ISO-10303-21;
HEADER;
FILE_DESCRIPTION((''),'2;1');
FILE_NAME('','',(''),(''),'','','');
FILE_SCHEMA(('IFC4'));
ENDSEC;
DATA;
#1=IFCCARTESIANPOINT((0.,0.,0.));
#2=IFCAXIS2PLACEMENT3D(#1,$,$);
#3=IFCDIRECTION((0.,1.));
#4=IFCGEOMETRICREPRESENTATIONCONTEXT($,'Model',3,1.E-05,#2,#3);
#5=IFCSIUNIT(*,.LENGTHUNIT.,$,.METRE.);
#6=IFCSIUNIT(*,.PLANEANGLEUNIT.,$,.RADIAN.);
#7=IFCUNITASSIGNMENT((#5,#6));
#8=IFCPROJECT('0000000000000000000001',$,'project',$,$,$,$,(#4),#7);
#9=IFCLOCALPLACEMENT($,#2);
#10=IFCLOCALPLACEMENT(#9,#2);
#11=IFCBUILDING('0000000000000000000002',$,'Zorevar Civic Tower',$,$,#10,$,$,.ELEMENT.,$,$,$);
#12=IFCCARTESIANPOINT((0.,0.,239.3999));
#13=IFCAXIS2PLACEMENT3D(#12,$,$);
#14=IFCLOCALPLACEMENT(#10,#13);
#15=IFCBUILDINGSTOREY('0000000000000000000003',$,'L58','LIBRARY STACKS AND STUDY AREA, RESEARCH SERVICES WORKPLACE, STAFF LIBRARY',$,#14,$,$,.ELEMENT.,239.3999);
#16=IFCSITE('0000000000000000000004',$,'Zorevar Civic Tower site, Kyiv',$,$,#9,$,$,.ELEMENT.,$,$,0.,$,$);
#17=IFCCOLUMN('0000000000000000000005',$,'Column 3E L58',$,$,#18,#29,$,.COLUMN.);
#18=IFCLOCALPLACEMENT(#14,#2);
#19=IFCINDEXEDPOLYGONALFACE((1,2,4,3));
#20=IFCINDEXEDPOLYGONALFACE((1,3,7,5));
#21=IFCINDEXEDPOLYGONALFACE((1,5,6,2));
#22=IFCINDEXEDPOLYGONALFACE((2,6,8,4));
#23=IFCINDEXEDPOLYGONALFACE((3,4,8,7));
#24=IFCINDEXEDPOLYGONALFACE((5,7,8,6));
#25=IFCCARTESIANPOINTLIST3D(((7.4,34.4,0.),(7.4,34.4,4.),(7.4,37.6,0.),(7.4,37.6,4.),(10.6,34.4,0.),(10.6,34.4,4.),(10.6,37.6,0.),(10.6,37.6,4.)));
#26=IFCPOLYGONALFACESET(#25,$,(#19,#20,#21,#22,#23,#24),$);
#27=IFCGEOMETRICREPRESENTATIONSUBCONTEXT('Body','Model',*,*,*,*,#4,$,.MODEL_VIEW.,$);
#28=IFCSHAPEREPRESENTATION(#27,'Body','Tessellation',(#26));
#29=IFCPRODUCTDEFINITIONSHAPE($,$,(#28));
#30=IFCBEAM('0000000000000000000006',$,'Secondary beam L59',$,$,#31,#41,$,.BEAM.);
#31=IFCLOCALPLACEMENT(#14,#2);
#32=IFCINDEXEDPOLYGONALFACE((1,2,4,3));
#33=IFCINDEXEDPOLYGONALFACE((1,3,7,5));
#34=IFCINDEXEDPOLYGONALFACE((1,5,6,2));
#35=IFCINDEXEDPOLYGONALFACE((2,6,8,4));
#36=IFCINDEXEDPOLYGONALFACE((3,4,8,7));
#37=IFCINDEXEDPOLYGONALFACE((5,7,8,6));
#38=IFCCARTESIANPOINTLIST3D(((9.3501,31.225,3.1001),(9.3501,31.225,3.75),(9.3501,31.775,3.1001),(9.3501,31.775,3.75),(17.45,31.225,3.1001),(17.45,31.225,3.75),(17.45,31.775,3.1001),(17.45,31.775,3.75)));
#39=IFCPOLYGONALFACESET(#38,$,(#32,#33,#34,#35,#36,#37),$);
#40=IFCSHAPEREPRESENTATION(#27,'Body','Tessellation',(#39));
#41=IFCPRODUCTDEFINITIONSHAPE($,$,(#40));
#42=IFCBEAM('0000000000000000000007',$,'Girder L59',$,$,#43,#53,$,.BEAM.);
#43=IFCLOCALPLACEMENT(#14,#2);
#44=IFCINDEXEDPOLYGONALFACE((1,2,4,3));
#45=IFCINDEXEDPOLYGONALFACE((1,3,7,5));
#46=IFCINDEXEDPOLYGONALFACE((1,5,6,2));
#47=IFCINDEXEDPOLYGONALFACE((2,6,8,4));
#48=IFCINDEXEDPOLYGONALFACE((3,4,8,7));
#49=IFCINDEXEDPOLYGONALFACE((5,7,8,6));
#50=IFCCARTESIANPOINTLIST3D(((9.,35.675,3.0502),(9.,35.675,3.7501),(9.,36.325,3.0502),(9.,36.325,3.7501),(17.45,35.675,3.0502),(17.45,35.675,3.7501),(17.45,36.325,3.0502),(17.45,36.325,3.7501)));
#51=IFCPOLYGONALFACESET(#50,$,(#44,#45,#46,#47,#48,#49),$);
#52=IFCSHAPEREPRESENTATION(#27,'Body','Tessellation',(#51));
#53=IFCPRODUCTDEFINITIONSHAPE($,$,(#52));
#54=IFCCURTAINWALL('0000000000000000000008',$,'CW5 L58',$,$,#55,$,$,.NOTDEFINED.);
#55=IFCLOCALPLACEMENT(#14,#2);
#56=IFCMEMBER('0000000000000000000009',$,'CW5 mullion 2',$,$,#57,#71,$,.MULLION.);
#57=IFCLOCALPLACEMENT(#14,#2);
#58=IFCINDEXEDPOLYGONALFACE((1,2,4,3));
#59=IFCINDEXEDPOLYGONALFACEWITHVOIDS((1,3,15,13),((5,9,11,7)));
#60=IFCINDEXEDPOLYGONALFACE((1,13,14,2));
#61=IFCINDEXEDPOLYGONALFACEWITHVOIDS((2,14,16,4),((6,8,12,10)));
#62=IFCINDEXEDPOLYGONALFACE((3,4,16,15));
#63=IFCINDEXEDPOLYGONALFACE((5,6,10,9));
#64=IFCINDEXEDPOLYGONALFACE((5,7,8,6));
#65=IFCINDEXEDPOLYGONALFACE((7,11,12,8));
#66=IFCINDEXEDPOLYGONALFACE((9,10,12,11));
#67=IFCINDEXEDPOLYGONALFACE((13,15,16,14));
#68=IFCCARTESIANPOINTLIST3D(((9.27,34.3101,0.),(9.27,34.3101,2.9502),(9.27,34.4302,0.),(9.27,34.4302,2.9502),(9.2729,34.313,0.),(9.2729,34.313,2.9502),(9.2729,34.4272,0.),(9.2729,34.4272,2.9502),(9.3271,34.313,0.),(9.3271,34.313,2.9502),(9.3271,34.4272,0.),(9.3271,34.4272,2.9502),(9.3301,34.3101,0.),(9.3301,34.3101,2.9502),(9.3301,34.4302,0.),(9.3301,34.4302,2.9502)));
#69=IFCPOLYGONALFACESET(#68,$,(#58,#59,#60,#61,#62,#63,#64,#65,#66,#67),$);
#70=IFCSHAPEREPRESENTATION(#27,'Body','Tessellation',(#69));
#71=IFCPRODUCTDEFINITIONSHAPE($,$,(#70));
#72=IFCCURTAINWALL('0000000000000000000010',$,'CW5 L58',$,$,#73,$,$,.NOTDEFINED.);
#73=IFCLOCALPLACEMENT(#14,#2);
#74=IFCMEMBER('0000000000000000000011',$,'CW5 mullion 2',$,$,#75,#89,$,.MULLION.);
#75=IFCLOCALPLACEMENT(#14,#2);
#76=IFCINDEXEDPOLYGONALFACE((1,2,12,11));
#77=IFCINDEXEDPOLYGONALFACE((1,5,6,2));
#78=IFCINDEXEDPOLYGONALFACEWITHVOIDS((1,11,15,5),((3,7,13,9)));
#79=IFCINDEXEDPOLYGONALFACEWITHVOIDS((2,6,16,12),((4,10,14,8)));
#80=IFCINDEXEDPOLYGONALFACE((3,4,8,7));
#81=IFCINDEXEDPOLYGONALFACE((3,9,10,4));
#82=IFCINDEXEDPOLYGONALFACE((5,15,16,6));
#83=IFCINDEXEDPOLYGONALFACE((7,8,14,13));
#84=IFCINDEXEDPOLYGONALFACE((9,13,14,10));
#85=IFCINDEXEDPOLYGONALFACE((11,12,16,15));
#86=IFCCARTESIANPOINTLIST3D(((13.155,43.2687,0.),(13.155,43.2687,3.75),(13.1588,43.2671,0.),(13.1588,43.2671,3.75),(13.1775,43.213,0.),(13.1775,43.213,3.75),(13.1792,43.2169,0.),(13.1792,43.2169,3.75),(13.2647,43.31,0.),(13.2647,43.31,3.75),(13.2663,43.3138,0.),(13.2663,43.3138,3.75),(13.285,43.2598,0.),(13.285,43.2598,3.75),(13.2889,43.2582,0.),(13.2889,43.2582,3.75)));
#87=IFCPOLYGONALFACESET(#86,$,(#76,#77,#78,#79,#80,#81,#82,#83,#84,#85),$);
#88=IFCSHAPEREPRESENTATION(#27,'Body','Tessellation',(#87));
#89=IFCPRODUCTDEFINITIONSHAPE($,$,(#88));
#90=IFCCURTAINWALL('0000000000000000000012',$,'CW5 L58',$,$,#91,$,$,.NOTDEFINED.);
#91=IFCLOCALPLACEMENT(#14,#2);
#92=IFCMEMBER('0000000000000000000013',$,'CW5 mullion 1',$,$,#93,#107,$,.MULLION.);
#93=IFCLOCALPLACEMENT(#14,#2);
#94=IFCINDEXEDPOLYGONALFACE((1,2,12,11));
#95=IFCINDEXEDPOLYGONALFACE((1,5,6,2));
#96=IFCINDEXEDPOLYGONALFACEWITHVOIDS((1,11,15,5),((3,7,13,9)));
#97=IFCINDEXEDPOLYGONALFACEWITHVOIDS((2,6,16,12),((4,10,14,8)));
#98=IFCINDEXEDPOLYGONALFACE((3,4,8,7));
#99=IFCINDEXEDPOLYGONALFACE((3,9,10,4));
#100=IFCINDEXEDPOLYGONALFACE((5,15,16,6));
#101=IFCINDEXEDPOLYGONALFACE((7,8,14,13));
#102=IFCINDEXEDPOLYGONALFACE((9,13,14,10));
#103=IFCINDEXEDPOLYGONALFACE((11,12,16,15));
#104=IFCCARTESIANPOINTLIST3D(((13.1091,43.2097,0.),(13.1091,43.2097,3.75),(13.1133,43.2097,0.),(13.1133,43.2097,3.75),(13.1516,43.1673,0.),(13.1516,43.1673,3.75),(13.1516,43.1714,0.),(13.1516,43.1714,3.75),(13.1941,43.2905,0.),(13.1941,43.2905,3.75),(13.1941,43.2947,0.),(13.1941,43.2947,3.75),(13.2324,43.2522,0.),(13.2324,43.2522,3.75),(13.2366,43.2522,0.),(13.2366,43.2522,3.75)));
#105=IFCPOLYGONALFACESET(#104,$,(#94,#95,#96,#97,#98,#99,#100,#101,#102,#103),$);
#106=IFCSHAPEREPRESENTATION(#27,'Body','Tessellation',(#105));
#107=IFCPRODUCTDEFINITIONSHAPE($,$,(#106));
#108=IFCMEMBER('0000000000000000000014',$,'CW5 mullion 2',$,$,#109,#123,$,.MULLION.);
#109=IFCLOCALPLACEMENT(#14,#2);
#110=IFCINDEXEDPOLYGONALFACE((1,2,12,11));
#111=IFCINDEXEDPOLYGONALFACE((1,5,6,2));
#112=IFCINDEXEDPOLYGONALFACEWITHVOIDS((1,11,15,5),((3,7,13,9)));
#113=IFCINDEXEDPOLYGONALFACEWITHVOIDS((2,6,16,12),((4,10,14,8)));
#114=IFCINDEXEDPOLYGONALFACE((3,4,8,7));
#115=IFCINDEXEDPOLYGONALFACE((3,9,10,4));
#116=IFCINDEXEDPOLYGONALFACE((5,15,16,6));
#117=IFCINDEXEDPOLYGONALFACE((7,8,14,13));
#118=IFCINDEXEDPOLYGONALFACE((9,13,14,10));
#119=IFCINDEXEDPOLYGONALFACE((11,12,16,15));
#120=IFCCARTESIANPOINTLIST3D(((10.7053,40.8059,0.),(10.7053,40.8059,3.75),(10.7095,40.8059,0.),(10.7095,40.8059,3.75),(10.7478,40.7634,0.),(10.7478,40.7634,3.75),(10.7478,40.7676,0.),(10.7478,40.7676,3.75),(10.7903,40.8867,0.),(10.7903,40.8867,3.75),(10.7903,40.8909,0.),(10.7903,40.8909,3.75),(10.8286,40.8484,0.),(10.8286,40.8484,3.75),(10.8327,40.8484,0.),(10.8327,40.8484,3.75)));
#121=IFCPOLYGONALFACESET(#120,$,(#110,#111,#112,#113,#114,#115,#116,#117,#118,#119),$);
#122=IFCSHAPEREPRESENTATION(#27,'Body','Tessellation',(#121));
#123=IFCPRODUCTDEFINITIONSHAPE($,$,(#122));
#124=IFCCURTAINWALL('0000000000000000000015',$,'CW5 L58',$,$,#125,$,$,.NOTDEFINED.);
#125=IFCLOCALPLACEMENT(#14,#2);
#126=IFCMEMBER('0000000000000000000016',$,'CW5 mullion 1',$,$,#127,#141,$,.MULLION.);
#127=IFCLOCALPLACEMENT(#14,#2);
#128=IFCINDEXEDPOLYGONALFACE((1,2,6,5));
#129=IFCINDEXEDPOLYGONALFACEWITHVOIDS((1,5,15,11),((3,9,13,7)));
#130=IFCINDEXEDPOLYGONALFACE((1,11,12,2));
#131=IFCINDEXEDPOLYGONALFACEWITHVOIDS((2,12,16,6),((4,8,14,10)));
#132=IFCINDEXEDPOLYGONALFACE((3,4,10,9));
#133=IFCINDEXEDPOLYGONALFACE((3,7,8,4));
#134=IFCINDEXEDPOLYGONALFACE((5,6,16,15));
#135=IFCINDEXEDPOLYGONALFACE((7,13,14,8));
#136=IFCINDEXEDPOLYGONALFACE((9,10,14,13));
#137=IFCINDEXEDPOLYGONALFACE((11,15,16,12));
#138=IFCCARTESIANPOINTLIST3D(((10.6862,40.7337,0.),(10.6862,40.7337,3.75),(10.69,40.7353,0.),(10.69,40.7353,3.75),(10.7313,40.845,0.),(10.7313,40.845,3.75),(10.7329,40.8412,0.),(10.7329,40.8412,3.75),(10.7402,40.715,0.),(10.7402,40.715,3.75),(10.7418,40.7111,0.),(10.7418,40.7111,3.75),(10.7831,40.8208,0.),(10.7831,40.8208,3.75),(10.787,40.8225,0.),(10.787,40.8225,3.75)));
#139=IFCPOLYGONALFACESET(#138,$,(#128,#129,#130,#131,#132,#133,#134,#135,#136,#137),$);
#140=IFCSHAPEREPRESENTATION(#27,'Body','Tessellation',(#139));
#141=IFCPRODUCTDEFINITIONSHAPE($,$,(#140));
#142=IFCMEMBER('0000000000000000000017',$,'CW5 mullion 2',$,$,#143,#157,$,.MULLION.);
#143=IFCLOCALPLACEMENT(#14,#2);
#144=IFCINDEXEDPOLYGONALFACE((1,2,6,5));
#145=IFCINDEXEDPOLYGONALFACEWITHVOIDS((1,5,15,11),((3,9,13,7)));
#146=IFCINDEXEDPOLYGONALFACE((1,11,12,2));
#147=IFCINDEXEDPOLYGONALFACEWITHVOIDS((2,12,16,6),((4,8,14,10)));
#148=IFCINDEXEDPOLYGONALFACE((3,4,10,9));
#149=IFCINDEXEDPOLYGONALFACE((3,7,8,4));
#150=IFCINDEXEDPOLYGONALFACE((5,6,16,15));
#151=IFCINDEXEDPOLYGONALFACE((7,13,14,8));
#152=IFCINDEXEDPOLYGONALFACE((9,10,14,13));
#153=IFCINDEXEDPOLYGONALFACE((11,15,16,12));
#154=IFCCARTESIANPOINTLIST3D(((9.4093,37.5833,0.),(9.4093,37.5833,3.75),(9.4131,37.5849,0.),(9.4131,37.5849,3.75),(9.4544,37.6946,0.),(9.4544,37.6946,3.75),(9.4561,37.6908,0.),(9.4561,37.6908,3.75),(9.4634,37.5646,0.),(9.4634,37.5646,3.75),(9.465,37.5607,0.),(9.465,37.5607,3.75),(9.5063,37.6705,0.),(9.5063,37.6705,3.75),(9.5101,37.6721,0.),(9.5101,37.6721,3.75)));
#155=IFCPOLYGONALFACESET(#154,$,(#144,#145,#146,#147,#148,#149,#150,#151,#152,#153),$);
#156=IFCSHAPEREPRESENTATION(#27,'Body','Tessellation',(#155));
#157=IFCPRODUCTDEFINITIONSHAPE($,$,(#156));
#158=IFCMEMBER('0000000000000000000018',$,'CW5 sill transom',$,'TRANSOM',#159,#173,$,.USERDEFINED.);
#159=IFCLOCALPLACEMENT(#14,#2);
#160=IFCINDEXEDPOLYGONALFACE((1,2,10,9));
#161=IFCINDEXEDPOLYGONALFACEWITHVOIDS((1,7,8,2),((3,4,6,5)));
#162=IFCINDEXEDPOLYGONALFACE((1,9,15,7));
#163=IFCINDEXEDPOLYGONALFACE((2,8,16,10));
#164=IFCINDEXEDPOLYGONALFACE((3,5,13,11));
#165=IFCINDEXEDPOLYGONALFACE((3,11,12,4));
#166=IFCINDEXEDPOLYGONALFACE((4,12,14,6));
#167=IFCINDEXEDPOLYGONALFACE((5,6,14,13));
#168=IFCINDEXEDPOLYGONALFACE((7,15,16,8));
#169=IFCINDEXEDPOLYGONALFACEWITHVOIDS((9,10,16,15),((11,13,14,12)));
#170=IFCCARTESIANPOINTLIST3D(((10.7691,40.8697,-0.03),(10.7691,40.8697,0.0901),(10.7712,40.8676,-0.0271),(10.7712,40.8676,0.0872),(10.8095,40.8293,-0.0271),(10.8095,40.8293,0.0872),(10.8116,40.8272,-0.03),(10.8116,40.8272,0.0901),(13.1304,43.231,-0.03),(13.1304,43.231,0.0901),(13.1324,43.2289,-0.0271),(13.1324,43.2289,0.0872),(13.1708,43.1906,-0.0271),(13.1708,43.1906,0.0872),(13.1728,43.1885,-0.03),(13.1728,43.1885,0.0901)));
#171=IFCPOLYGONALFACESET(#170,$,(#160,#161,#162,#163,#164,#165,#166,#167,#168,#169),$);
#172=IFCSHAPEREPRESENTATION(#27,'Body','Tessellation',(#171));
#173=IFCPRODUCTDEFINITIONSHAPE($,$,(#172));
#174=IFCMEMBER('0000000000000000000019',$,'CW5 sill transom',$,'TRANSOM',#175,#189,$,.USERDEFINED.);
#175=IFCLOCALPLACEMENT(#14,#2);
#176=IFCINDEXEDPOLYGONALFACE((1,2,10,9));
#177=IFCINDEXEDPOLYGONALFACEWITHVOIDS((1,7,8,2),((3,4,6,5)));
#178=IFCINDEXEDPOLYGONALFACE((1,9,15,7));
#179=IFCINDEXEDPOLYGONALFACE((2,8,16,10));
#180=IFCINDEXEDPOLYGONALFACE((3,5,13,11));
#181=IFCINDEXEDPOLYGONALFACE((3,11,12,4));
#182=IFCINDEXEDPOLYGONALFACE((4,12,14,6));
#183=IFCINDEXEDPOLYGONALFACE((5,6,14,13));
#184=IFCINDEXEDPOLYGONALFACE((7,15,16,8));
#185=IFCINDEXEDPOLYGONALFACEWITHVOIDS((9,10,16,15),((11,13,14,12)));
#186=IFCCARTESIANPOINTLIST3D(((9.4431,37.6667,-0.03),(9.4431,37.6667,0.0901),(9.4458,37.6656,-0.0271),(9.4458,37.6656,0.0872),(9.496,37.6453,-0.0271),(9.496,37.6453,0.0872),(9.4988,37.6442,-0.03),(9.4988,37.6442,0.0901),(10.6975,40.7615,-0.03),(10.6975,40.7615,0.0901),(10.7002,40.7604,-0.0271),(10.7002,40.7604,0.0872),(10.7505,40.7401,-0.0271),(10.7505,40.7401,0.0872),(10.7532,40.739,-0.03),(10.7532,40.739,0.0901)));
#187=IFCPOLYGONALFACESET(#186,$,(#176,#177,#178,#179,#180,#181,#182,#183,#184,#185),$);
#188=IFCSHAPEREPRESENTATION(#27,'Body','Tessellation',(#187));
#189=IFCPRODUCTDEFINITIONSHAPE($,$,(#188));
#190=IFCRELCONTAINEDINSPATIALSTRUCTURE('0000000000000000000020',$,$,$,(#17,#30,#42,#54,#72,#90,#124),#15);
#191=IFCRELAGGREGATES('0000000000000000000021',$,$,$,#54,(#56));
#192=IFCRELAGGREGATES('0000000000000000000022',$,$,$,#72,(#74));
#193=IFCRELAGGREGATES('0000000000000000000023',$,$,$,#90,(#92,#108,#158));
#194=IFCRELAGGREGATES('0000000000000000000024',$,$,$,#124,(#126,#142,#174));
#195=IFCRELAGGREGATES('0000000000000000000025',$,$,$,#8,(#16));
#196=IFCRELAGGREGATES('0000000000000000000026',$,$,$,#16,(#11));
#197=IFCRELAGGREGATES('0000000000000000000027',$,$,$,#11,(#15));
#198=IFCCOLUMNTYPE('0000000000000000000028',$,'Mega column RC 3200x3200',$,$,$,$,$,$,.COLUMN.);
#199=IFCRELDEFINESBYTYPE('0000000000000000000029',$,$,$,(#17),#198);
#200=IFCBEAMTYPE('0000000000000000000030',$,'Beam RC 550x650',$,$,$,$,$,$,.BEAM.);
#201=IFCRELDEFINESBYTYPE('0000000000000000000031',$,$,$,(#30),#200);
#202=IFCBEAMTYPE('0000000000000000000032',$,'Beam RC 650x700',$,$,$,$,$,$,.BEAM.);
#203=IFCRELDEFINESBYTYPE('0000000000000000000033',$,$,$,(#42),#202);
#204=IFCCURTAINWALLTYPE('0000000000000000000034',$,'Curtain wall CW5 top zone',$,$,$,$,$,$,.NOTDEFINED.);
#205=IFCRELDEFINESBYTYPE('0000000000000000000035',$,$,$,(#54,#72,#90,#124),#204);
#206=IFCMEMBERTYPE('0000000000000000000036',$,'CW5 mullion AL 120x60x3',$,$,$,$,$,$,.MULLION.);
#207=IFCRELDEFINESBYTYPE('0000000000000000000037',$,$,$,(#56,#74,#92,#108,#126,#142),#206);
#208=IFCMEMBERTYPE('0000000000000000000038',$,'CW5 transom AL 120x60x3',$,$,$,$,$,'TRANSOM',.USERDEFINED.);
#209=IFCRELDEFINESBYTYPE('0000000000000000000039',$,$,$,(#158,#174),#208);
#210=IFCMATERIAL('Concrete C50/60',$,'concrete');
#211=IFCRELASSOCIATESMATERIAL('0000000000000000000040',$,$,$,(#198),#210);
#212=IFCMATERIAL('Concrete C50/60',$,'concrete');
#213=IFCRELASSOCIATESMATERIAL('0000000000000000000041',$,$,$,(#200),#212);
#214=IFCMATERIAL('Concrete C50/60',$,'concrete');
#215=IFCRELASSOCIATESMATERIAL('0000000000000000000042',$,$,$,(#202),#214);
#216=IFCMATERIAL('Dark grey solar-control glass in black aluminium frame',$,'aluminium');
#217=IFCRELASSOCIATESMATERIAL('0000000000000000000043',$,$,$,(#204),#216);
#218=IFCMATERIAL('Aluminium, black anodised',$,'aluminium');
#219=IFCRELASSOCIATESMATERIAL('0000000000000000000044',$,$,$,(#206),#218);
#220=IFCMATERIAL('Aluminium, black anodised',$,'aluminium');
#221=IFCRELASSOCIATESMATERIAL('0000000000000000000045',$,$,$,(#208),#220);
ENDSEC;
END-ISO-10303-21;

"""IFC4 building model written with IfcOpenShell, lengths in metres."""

from ifc_helpers import new_model, si_unit, direction, frame, origin, origin_2d, place, context, subcontext, project, spatial, rectangle, hollow_rectangle, extrude, material, material_profile, profile_set, type_object, element, aggregate, save


model = new_model("IFC4")

# Units and contexts
model_context = context("Model", 3, precision=1e-05, world=origin(), true_north=direction((0.0, 1.0)))
body_context = subcontext(model_context, "Body", "Model", "MODEL_VIEW")
ifc_project = project(units=[si_unit("LENGTHUNIT", "METRE"), si_unit("PLANEANGLEUNIT", "RADIAN")], contexts=[model_context])

# Site, building, storey
site_placement = place(None, origin())
site = spatial("IfcSite", under=ifc_project, at=site_placement, Name="Zorevar Civic Tower site, Kyiv", CompositionType="ELEMENT", RefElevation=0.0)
building_placement = place(site_placement, origin())
building = spatial("IfcBuilding", under=site, at=building_placement, Name="Zorevar Civic Tower", CompositionType="ELEMENT")
storey_placement = place(building_placement, frame((0.0, 0.0, 239.3999)))
storey = spatial("IfcBuildingStorey", under=building, at=storey_placement, Name="L58", Description="LIBRARY STACKS AND STUDY AREA, RESEARCH SERVICES WORKPLACE, STAFF LIBRARY", CompositionType="ELEMENT", Elevation=239.3999)

# Column
ifc_material_1 = material(Name="Concrete C50/60", Category="concrete")
ifc_material_profile_1 = material_profile(ifc_material_1, rectangle(XDim=3.2, YDim=3.2, at=origin_2d()), Name="RC 3200x3200")
ifc_profile_set_1 = profile_set([ifc_material_profile_1], Name="Concrete C50/60")
column_type = type_object("IfcColumnType", Name="Mega column RC 3200x3200", PredefinedType="COLUMN", material=ifc_profile_set_1)
column_placement = place(storey_placement, frame((9.0, 36.0, 0.0), z_axis=(0.0, 0.0, 1.0), x_axis=(1.0, 0.0, 0.0)))
element("IfcColumn", 1, at=column_placement, inside=storey, type_object=column_type, Name="Column 3E L58", PredefinedType="COLUMN", context=body_context, shape_type="SweptSolid", body=[
    extrude(rectangle(XDim=3.2, YDim=3.2, at=origin_2d()), origin(), (0.0, 0.0, 1.0), 4.0),
])

# Beams
ifc_material_2 = material(Name="Concrete C50/60", Category="concrete")
ifc_material_profile_2 = material_profile(ifc_material_2, rectangle(XDim=0.55, YDim=0.6499, at=origin_2d()), Name="RC 550x650")
ifc_profile_set_2 = profile_set([ifc_material_profile_2], Name="Concrete C50/60")
beam_type_1 = type_object("IfcBeamType", Name="Beam RC 550x650", PredefinedType="BEAM", material=ifc_profile_set_2)
beam_1_placement = place(storey_placement, frame((9.3501, 31.5, 3.425), z_axis=(1.0, 0.0, 0.0), x_axis=(0.0, 1.0, 0.0)))
element("IfcBeam", 2, at=beam_1_placement, inside=storey, type_object=beam_type_1, Name="Secondary beam L59", PredefinedType="BEAM", context=body_context, shape_type="SweptSolid", body=[
    extrude(rectangle(XDim=0.55, YDim=0.6499, at=origin_2d()), origin(), (0.0, 0.0, 1.0), 8.0999),
])
ifc_material_3 = material(Name="Concrete C50/60", Category="concrete")
ifc_material_profile_3 = material_profile(ifc_material_3, rectangle(XDim=0.6499, YDim=0.7, at=origin_2d()), Name="RC 650x700")
ifc_profile_set_3 = profile_set([ifc_material_profile_3], Name="Concrete C50/60")
beam_type_2 = type_object("IfcBeamType", Name="Beam RC 650x700", PredefinedType="BEAM", material=ifc_profile_set_3)
beam_2_placement = place(storey_placement, frame((9.0, 36.0, 3.4001), z_axis=(1.0, 0.0, 0.0), x_axis=(0.0, 1.0, 0.0)))
element("IfcBeam", 3, at=beam_2_placement, inside=storey, type_object=beam_type_2, Name="Girder L59", PredefinedType="BEAM", context=body_context, shape_type="SweptSolid", body=[
    extrude(rectangle(XDim=0.6499, YDim=0.7, at=origin_2d()), origin(), (0.0, 0.0, 1.0), 8.45),
])

# Curtain walls, members
ifc_material_4 = material(Name="Dark grey solar-control glass in black aluminium frame", Category="aluminium")
curtain_wall_type = type_object("IfcCurtainWallType", Name="Curtain wall CW5 top zone", PredefinedType="NOTDEFINED", material=ifc_material_4)
curtain_wall_1_placement = place(storey_placement, origin())
curtain_wall_1 = element("IfcCurtainWall", 4, at=curtain_wall_1_placement, inside=storey, type_object=curtain_wall_type, Name="CW5 L58", PredefinedType="NOTDEFINED")
ifc_material_5 = material(Name="Aluminium, black anodised", Category="aluminium")
ifc_material_profile_4 = material_profile(ifc_material_5, hollow_rectangle(XDim=0.0601, YDim=0.1201, WallThickness=0.0029, at=origin_2d()), Name="AL 120x60x3")
ifc_profile_set_4 = profile_set([ifc_material_profile_4], Name="Aluminium, black anodised")
member_type_1 = type_object("IfcMemberType", Name="CW5 mullion AL 120x60x3", PredefinedType="MULLION", material=ifc_profile_set_4)
member_1_placement = place(storey_placement, frame((9.3, 34.3701, 0.0), z_axis=(0.0, 0.0, 1.0), x_axis=(-1.0, 0.0, 0.0)))
member_1 = element("IfcMember", 5, at=member_1_placement, type_object=member_type_1, Name="CW5 mullion 2", PredefinedType="MULLION", context=body_context, shape_type="SweptSolid", body=[
    extrude(hollow_rectangle(XDim=0.0601, YDim=0.1201, WallThickness=0.0029, at=origin_2d()), origin(), (0.0, 0.0, 1.0), 2.9502),
])
curtain_wall_2_placement = place(storey_placement, origin())
curtain_wall_2 = element("IfcCurtainWall", 6, at=curtain_wall_2_placement, inside=storey, type_object=curtain_wall_type, Name="CW5 L58", PredefinedType="NOTDEFINED")
member_2_placement = place(storey_placement, frame((13.2219, 43.2634, 0.0), z_axis=(0.0, 0.0, 1.0), x_axis=(0.37565, -0.926762, 0.0)))
member_2 = element("IfcMember", 7, at=member_2_placement, type_object=member_type_1, Name="CW5 mullion 2", PredefinedType="MULLION", context=body_context, shape_type="SweptSolid", body=[
    extrude(hollow_rectangle(XDim=0.0601, YDim=0.1201, WallThickness=0.0029, at=origin_2d()), origin(), (0.0, 0.0, 1.0), 3.75),
])

# Curtain walls, members
curtain_wall_3_placement = place(storey_placement, origin())
curtain_wall_3 = element("IfcCurtainWall", 8, at=curtain_wall_3_placement, inside=storey, type_object=curtain_wall_type, Name="CW5 L58", PredefinedType="NOTDEFINED")
member_3_placement = place(storey_placement, frame((13.1729, 43.231, 0.0), z_axis=(0.0, 0.0, 1.0), x_axis=(0.707107, -0.707107, 0.0)))
member_3 = element("IfcMember", 9, at=member_3_placement, type_object=member_type_1, Name="CW5 mullion 1", PredefinedType="MULLION", context=body_context, shape_type="SweptSolid", body=[
    extrude(hollow_rectangle(XDim=0.0601, YDim=0.1201, WallThickness=0.0029, at=origin_2d()), origin(), (0.0, 0.0, 1.0), 3.75),
])
member_4_placement = place(storey_placement, frame((10.769, 40.8271, 0.0), z_axis=(0.0, 0.0, 1.0), x_axis=(0.707107, -0.707107, 0.0)))
member_4 = element("IfcMember", 10, at=member_4_placement, type_object=member_type_1, Name="CW5 mullion 2", PredefinedType="MULLION", context=body_context, shape_type="SweptSolid", body=[
    extrude(hollow_rectangle(XDim=0.0601, YDim=0.1201, WallThickness=0.0029, at=origin_2d()), origin(), (0.0, 0.0, 1.0), 3.75),
])
curtain_wall_4_placement = place(storey_placement, origin())
curtain_wall_4 = element("IfcCurtainWall", 11, at=curtain_wall_4_placement, inside=storey, type_object=curtain_wall_type, Name="CW5 L58", PredefinedType="NOTDEFINED")
member_5_placement = place(storey_placement, frame((10.7366, 40.7781, 0.0), z_axis=(0.0, 0.0, 1.0), x_axis=(0.926762, -0.37565, 0.0)))
member_5 = element("IfcMember", 12, at=member_5_placement, type_object=member_type_1, Name="CW5 mullion 1", PredefinedType="MULLION", context=body_context, shape_type="SweptSolid", body=[
    extrude(hollow_rectangle(XDim=0.0601, YDim=0.1201, WallThickness=0.0029, at=origin_2d()), origin(), (0.0, 0.0, 1.0), 3.75),
])
member_6_placement = place(storey_placement, frame((9.4597, 37.6277, 0.0), z_axis=(0.0, 0.0, 1.0), x_axis=(0.926762, -0.37565, 0.0)))
member_6 = element("IfcMember", 13, at=member_6_placement, type_object=member_type_1, Name="CW5 mullion 2", PredefinedType="MULLION", context=body_context, shape_type="SweptSolid", body=[
    extrude(hollow_rectangle(XDim=0.0601, YDim=0.1201, WallThickness=0.0029, at=origin_2d()), origin(), (0.0, 0.0, 1.0), 3.75),
])

# Members
ifc_material_6 = material(Name="Aluminium, black anodised", Category="aluminium")
ifc_material_profile_5 = material_profile(ifc_material_6, hollow_rectangle(XDim=0.0601, YDim=0.1201, WallThickness=0.0029, at=origin_2d()), Name="AL 120x60x3")
ifc_profile_set_5 = profile_set([ifc_material_profile_5], Name="Aluminium, black anodised")
member_type_2 = type_object("IfcMemberType", Name="CW5 transom AL 120x60x3", ElementType="TRANSOM", PredefinedType="USERDEFINED", material=ifc_profile_set_5)
member_7_placement = place(storey_placement, frame((13.1516, 43.2097, 0.03), z_axis=(-0.707107, -0.707107, 0.0), x_axis=(0.707107, -0.707107, 0.0)))
member_7 = element("IfcMember", 14, at=member_7_placement, type_object=member_type_2, Name="CW5 sill transom", ObjectType="TRANSOM", PredefinedType="USERDEFINED", context=body_context, shape_type="SweptSolid", body=[
    extrude(hollow_rectangle(XDim=0.0601, YDim=0.1201, WallThickness=0.0029, at=origin_2d()), origin(), (0.0, 0.0, 1.0), 3.3394),
])
member_8_placement = place(storey_placement, frame((10.7253, 40.7502, 0.03), z_axis=(-0.375647, -0.926763, 0.0), x_axis=(0.926763, -0.375647, 0.0)))
member_8 = element("IfcMember", 15, at=member_8_placement, type_object=member_type_2, Name="CW5 sill transom", ObjectType="TRANSOM", PredefinedType="USERDEFINED", context=body_context, shape_type="SweptSolid", body=[
    extrude(hollow_rectangle(XDim=0.0601, YDim=0.1201, WallThickness=0.0029, at=origin_2d()), origin(), (0.0, 0.0, 1.0), 3.3394),
])

aggregate(curtain_wall_1, [member_1])
aggregate(curtain_wall_2, [member_2])
aggregate(curtain_wall_3, [member_3, member_4, member_7])
aggregate(curtain_wall_4, [member_5, member_6, member_8])

save(model, "model.ifc")
